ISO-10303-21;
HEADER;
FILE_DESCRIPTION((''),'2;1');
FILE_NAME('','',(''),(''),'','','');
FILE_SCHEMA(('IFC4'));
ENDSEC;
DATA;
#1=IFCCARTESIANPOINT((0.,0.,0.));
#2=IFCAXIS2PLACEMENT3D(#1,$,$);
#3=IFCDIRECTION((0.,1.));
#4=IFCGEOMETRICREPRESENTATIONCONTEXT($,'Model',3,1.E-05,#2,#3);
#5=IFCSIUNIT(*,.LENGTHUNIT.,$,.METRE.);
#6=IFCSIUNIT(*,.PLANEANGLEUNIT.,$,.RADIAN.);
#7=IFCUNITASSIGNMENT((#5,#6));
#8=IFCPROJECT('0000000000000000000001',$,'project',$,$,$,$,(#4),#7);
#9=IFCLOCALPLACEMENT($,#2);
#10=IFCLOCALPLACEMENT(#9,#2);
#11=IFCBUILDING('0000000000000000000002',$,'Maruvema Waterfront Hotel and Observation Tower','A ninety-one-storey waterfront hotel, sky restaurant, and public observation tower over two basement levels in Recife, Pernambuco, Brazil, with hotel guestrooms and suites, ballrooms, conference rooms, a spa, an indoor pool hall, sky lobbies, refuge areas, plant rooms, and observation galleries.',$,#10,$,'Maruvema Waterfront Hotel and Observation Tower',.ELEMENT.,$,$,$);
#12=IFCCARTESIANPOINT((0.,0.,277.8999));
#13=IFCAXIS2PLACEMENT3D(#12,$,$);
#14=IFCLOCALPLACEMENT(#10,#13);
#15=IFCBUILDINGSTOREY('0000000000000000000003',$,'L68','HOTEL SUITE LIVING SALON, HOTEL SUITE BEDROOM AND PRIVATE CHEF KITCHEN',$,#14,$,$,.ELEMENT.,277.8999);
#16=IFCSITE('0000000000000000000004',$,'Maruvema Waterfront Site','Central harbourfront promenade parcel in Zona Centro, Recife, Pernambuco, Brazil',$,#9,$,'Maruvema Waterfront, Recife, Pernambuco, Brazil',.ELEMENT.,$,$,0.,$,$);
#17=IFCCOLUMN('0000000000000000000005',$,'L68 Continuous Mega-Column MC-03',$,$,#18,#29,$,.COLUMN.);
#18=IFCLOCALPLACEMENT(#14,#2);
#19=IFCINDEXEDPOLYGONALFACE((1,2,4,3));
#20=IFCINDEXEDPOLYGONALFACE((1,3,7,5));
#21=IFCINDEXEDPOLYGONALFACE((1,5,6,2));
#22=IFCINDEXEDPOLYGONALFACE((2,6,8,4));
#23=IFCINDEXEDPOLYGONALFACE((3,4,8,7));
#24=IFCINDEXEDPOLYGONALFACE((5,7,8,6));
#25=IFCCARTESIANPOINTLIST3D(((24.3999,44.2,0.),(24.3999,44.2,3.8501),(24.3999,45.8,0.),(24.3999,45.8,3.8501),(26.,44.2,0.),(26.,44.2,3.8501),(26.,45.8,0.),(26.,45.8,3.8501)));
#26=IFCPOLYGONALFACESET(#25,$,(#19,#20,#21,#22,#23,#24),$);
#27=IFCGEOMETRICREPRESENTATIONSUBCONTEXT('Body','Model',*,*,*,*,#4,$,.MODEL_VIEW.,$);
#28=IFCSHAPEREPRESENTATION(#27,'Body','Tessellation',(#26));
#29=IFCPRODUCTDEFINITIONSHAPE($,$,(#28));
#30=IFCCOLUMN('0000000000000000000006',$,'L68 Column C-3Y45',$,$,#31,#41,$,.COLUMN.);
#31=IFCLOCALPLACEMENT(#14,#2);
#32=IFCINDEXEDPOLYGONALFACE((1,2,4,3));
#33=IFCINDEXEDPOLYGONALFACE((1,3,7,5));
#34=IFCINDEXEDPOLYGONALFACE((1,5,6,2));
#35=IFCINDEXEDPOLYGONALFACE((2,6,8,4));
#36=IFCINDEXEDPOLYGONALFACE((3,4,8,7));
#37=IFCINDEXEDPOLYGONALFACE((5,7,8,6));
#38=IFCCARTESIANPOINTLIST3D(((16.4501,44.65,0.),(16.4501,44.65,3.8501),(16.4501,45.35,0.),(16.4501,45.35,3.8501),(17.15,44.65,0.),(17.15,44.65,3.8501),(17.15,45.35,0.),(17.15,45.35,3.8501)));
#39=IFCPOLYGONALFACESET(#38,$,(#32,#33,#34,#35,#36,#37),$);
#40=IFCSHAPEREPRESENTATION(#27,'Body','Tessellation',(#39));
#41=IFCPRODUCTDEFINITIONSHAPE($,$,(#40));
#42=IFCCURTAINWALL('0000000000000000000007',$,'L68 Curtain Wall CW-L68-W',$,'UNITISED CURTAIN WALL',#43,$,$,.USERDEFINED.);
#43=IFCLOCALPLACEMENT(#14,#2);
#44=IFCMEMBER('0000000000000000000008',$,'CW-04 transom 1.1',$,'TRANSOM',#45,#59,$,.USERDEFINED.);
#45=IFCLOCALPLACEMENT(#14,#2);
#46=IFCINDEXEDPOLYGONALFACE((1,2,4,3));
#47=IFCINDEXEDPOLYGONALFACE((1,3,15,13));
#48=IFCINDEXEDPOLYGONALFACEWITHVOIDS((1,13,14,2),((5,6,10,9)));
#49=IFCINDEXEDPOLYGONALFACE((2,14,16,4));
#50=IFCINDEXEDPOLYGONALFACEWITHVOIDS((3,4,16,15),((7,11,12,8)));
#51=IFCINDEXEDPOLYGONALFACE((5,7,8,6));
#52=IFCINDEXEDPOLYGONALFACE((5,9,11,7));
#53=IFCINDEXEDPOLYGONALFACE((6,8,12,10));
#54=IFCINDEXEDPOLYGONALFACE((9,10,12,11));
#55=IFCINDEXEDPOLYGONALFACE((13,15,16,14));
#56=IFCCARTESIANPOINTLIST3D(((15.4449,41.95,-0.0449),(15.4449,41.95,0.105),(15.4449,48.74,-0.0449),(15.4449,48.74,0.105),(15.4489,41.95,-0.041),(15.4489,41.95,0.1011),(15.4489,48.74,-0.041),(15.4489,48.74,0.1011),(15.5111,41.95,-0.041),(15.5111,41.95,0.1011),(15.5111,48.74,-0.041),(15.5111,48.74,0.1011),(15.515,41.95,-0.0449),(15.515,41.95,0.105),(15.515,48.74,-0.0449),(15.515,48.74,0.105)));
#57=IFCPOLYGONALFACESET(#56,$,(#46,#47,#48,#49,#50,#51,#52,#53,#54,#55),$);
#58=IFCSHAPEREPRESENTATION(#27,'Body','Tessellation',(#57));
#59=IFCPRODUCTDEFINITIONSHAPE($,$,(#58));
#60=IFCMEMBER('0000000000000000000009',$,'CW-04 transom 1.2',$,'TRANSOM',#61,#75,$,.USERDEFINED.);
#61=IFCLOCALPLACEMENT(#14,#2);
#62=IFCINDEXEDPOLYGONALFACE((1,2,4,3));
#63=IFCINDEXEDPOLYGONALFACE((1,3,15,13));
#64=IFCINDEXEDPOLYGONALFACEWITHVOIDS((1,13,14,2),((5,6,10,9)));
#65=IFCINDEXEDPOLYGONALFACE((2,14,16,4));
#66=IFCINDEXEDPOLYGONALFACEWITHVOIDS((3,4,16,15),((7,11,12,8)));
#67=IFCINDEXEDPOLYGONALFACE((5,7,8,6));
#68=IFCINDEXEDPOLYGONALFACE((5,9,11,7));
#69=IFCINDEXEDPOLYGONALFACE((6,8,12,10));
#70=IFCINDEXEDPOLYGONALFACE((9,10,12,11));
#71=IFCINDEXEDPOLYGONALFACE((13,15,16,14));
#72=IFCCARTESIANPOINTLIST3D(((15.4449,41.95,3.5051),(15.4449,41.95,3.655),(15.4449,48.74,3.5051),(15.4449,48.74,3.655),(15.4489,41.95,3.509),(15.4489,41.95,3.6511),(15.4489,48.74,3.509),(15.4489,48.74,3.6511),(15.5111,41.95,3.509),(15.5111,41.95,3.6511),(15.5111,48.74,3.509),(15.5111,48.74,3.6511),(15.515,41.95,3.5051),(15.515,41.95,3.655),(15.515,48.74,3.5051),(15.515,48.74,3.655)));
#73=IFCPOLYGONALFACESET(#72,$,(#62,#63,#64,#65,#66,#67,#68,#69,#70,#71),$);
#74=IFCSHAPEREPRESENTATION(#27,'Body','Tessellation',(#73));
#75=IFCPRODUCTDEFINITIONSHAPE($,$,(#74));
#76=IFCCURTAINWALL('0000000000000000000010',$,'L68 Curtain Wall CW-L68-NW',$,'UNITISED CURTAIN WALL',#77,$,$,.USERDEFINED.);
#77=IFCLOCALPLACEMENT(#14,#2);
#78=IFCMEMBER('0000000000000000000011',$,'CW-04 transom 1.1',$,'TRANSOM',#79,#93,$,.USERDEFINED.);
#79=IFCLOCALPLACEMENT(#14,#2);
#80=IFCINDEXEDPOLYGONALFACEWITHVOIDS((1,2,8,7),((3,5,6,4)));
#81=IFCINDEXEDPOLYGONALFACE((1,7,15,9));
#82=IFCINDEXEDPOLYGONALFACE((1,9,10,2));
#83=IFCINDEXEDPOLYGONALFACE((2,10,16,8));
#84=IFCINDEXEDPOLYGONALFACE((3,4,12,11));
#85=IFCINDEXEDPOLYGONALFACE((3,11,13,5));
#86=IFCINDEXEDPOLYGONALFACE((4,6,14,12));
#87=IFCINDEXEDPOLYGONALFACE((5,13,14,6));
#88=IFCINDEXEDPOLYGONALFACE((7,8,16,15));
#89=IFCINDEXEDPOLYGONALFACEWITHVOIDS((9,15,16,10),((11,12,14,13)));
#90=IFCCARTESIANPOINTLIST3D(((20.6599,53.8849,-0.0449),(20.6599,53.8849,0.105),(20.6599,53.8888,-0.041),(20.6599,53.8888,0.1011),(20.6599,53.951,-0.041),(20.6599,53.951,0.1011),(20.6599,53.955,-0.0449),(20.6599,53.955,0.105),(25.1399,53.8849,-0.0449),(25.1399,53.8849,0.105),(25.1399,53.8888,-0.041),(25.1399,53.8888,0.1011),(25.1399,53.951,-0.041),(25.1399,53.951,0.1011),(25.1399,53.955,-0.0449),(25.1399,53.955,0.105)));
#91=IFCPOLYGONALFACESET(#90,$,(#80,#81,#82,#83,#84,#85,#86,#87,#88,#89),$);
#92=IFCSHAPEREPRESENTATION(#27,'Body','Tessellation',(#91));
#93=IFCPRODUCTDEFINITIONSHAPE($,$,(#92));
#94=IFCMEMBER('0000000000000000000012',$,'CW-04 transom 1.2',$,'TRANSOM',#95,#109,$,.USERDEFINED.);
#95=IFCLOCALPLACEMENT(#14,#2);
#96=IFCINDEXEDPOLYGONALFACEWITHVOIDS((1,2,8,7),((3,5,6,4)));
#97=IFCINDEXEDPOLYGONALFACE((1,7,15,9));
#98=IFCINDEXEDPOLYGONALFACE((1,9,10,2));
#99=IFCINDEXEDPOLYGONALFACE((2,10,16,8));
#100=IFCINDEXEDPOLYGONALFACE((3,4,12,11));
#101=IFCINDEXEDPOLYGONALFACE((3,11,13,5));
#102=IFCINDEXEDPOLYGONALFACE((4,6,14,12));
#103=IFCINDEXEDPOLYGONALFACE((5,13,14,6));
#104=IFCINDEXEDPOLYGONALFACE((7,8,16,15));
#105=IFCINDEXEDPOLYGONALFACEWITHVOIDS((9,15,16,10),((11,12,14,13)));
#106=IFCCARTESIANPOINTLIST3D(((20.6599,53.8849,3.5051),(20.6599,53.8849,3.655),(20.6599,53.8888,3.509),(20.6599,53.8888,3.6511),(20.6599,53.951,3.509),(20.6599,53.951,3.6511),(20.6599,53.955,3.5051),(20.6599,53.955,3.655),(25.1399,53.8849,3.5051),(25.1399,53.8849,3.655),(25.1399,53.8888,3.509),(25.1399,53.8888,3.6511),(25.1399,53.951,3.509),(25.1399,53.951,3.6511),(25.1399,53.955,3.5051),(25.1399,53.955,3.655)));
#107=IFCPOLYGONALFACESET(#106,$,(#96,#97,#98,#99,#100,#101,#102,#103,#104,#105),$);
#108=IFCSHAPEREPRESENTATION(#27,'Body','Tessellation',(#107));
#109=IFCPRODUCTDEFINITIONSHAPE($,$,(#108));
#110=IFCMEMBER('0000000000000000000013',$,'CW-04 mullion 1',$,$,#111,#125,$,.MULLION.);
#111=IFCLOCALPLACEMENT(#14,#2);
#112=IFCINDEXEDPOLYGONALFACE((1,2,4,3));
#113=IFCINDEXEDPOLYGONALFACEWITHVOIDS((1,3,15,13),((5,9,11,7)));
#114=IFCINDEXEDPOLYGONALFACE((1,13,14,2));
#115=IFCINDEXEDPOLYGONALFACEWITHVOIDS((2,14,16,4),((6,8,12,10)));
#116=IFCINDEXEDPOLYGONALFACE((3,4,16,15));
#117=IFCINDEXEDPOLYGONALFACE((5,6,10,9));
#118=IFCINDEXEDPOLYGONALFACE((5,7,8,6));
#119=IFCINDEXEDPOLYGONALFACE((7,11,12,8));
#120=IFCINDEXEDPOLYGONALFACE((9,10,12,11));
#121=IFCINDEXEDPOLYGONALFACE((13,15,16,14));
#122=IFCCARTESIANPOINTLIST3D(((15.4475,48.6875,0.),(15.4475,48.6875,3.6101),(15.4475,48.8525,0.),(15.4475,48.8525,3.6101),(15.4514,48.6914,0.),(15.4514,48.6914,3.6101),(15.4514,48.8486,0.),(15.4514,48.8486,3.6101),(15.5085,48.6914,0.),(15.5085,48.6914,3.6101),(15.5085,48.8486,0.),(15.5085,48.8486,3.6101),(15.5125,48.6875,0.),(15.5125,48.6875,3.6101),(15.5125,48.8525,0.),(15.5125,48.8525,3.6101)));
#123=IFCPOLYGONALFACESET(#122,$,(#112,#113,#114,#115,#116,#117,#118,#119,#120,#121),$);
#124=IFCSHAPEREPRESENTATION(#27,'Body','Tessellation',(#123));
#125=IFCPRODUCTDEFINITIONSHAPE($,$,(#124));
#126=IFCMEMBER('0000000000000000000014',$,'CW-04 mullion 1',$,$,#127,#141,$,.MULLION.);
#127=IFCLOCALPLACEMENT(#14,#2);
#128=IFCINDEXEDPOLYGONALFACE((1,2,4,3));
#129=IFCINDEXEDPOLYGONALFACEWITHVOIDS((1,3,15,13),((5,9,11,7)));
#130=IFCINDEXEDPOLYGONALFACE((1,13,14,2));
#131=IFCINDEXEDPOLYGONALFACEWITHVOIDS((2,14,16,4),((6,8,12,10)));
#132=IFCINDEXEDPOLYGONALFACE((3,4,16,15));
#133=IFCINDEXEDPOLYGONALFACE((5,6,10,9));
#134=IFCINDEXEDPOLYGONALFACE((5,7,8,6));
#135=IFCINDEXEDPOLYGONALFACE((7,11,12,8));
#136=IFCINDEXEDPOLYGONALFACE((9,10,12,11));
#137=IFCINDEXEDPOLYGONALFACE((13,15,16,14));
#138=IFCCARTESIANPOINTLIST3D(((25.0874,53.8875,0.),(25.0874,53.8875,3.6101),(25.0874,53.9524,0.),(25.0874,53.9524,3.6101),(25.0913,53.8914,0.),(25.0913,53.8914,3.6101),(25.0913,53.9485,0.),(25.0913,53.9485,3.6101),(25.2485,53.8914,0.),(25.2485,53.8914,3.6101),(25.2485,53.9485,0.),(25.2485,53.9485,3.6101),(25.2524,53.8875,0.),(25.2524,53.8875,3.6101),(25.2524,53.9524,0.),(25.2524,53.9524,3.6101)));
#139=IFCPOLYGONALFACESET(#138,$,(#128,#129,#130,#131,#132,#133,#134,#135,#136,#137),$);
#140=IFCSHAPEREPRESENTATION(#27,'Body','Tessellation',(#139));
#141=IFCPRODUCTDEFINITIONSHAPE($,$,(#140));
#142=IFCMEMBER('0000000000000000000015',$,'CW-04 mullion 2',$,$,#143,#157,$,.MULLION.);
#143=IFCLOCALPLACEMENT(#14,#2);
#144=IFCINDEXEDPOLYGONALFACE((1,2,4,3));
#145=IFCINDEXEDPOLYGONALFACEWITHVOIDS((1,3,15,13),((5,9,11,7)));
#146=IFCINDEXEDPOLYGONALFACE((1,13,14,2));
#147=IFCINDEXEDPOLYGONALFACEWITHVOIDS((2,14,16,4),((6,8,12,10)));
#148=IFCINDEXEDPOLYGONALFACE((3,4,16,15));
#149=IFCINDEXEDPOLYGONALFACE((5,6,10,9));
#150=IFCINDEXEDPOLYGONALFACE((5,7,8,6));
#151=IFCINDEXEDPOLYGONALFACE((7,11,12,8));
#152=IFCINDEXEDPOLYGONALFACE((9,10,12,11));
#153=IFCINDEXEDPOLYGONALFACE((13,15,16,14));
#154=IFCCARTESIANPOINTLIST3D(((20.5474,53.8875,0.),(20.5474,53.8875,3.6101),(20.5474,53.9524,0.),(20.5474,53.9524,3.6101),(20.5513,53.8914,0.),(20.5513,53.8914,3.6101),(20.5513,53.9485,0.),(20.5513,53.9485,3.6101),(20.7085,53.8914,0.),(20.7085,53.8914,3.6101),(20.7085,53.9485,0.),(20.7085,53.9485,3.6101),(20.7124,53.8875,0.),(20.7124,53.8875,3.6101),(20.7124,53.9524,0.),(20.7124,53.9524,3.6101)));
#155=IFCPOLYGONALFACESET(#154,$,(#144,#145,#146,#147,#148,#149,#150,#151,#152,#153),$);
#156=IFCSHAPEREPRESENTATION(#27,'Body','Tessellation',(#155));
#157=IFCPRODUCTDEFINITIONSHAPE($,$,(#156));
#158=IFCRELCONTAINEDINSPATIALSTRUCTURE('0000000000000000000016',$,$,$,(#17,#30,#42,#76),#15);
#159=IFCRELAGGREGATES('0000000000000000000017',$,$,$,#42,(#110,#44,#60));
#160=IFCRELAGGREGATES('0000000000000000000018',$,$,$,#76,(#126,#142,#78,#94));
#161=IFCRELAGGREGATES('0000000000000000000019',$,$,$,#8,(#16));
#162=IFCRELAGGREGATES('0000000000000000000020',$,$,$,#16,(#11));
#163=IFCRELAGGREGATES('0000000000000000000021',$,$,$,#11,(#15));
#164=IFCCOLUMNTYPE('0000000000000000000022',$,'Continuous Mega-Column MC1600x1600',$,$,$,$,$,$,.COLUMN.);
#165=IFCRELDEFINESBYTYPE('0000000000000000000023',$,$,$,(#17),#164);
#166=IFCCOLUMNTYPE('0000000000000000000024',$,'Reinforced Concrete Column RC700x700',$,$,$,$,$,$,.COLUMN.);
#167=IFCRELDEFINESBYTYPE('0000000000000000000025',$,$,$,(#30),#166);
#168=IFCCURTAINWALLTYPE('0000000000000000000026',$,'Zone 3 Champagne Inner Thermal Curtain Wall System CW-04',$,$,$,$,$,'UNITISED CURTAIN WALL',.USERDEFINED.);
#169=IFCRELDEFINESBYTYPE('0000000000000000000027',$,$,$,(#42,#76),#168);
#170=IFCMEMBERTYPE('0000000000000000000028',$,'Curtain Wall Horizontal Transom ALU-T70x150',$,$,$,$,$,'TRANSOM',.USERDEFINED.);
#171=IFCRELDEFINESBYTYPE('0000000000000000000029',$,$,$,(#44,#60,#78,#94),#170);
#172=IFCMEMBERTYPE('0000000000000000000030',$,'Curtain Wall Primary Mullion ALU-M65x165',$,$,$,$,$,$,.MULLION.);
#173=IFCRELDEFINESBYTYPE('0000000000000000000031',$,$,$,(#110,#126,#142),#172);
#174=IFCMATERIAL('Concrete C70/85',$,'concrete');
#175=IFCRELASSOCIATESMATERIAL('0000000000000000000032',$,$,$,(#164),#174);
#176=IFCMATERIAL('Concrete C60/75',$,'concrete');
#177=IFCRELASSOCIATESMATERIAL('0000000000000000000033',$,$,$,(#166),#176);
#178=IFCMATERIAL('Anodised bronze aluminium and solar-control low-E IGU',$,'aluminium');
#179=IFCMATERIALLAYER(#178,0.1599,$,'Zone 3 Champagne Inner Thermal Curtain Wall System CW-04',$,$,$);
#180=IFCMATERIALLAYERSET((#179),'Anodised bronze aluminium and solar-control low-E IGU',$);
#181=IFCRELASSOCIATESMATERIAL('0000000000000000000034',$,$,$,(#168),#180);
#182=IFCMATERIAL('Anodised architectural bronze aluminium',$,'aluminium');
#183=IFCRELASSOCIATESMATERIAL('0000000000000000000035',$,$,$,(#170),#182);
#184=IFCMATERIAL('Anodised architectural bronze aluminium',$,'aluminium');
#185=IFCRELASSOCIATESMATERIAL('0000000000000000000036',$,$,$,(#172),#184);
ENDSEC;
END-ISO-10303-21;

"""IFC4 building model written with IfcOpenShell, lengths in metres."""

from ifc_helpers import new_model, si_unit, direction, frame, origin, origin_2d, place, context, subcontext, project, spatial, rectangle, hollow_rectangle, extrude, material, layer, layer_set, material_profile, profile_set, type_object, element, aggregate, save


model = new_model("IFC4")

# Units and contexts
model_context = context("Model", 3, precision=1e-05, world=origin(), true_north=direction((0.0, 1.0)))
body_context = subcontext(model_context, "Body", "Model", "MODEL_VIEW")
ifc_project = project(units=[si_unit("LENGTHUNIT", "METRE"), si_unit("PLANEANGLEUNIT", "RADIAN")], contexts=[model_context])

# Site, building, storey
site_placement = place(None, origin())
site = spatial("IfcSite", under=ifc_project, at=site_placement, Name="Maruvema Waterfront Site", Description="Central harbourfront promenade parcel in Zona Centro, Recife, Pernambuco, Brazil", LongName="Maruvema Waterfront, Recife, Pernambuco, Brazil", CompositionType="ELEMENT", RefElevation=0.0)
building_placement = place(site_placement, origin())
building = spatial("IfcBuilding", under=site, at=building_placement, Name="Maruvema Waterfront Hotel and Observation Tower", Description="A ninety-one-storey waterfront hotel, sky restaurant, and public observation tower over two basement levels in Recife, Pernambuco, Brazil, with hotel guestrooms and suites, ballrooms, conference rooms, a spa, an indoor pool hall, sky lobbies, refuge areas, plant rooms, and observation galleries.", LongName="Maruvema Waterfront Hotel and Observation Tower", CompositionType="ELEMENT")
storey_placement = place(building_placement, frame((0.0, 0.0, 277.8999)))
storey = spatial("IfcBuildingStorey", under=building, at=storey_placement, Name="L68", Description="HOTEL SUITE LIVING SALON, HOTEL SUITE BEDROOM AND PRIVATE CHEF KITCHEN", CompositionType="ELEMENT", Elevation=277.8999)

# Columns
ifc_material_1 = material(Name="Concrete C70/85", Category="concrete")
ifc_material_profile_1 = material_profile(ifc_material_1, rectangle(XDim=1.6001, YDim=1.6001, at=origin_2d()), Name="MC1600x1600")
ifc_profile_set_1 = profile_set([ifc_material_profile_1], Name="Concrete C70/85")
column_type_1 = type_object("IfcColumnType", Name="Continuous Mega-Column MC1600x1600", PredefinedType="COLUMN", material=ifc_profile_set_1)
column_1_placement = place(storey_placement, frame((25.2, 45.0, 0.0), z_axis=(0.0, 0.0, 1.0), x_axis=(1.0, 0.0, 0.0)))
element("IfcColumn", 1, at=column_1_placement, inside=storey, type_object=column_type_1, Name="L68 Continuous Mega-Column MC-03", PredefinedType="COLUMN", context=body_context, shape_type="SweptSolid", body=[
    extrude(rectangle(XDim=1.6001, YDim=1.6001, at=origin_2d()), origin(), (0.0, 0.0, 1.0), 3.8501),
])
ifc_material_2 = material(Name="Concrete C60/75", Category="concrete")
ifc_material_profile_2 = material_profile(ifc_material_2, rectangle(XDim=0.7, YDim=0.7, at=origin_2d()), Name="RC700x700")
ifc_profile_set_2 = profile_set([ifc_material_profile_2], Name="Concrete C60/75")
column_type_2 = type_object("IfcColumnType", Name="Reinforced Concrete Column RC700x700", PredefinedType="COLUMN", material=ifc_profile_set_2)
column_2_placement = place(storey_placement, frame((16.8, 45.0, 0.0), z_axis=(0.0, 0.0, 1.0), x_axis=(1.0, 0.0, 0.0)))
element("IfcColumn", 2, at=column_2_placement, inside=storey, type_object=column_type_2, Name="L68 Column C-3Y45", PredefinedType="COLUMN", context=body_context, shape_type="SweptSolid", body=[
    extrude(rectangle(XDim=0.7, YDim=0.7, at=origin_2d()), origin(), (0.0, 0.0, 1.0), 3.8501),
])

# Curtain walls, members
ifc_material_3 = material(Name="Anodised bronze aluminium and solar-control low-E IGU", Category="aluminium")
ifc_layer_1 = layer(ifc_material_3, 0.1599, Name="Zone 3 Champagne Inner Thermal Curtain Wall System CW-04")
ifc_layer_set_1 = layer_set([ifc_layer_1], Name="Anodised bronze aluminium and solar-control low-E IGU")
curtain_wall_type = type_object("IfcCurtainWallType", Name="Zone 3 Champagne Inner Thermal Curtain Wall System CW-04", ElementType="UNITISED CURTAIN WALL", PredefinedType="USERDEFINED", material=ifc_layer_set_1)
curtain_wall_1_placement = place(storey_placement, origin())
curtain_wall_1 = element("IfcCurtainWall", 3, at=curtain_wall_1_placement, inside=storey, type_object=curtain_wall_type, Name="L68 Curtain Wall CW-L68-W", ObjectType="UNITISED CURTAIN WALL", PredefinedType="USERDEFINED")
ifc_material_4 = material(Name="Anodised architectural bronze aluminium", Category="aluminium")
ifc_material_profile_3 = material_profile(ifc_material_4, hollow_rectangle(XDim=0.0701, YDim=0.1499, WallThickness=0.0039, at=origin_2d()), Name="ALU-T70x150")
ifc_profile_set_3 = profile_set([ifc_material_profile_3], Name="Anodised architectural bronze aluminium")
member_type_1 = type_object("IfcMemberType", Name="Curtain Wall Horizontal Transom ALU-T70x150", ElementType="TRANSOM", PredefinedType="USERDEFINED", material=ifc_profile_set_3)
member_1_placement = place(storey_placement, frame((15.48, 48.74, 0.03), z_axis=(0.0, -1.0, 0.0), x_axis=(1.0, 0.0, 0.0)))
member_1 = element("IfcMember", 4, at=member_1_placement, type_object=member_type_1, Name="CW-04 transom 1.1", ObjectType="TRANSOM", PredefinedType="USERDEFINED", context=body_context, shape_type="SweptSolid", body=[
    extrude(hollow_rectangle(XDim=0.0701, YDim=0.1499, WallThickness=0.0039, at=origin_2d()), origin(), (0.0, 0.0, 1.0), 6.79),
])
member_2_placement = place(storey_placement, frame((15.48, 48.74, 3.5801), z_axis=(0.0, -1.0, 0.0), x_axis=(1.0, 0.0, 0.0)))
member_2 = element("IfcMember", 5, at=member_2_placement, type_object=member_type_1, Name="CW-04 transom 1.2", ObjectType="TRANSOM", PredefinedType="USERDEFINED", context=body_context, shape_type="SweptSolid", body=[
    extrude(hollow_rectangle(XDim=0.0701, YDim=0.1499, WallThickness=0.0039, at=origin_2d()), origin(), (0.0, 0.0, 1.0), 6.79),
])
curtain_wall_2_placement = place(storey_placement, origin())
curtain_wall_2 = element("IfcCurtainWall", 6, at=curtain_wall_2_placement, inside=storey, type_object=curtain_wall_type, Name="L68 Curtain Wall CW-L68-NW", ObjectType="UNITISED CURTAIN WALL", PredefinedType="USERDEFINED")
member_3_placement = place(storey_placement, frame((25.1399, 53.9199, 0.03), z_axis=(-1.0, 0.0, 0.0), x_axis=(0.0, -1.0, 0.0)))
member_3 = element("IfcMember", 7, at=member_3_placement, type_object=member_type_1, Name="CW-04 transom 1.1", ObjectType="TRANSOM", PredefinedType="USERDEFINED", context=body_context, shape_type="SweptSolid", body=[
    extrude(hollow_rectangle(XDim=0.0701, YDim=0.1499, WallThickness=0.0039, at=origin_2d()), origin(), (0.0, 0.0, 1.0), 4.48),
])
member_4_placement = place(storey_placement, frame((25.1399, 53.9199, 3.5801), z_axis=(-1.0, 0.0, 0.0), x_axis=(0.0, -1.0, 0.0)))
member_4 = element("IfcMember", 8, at=member_4_placement, type_object=member_type_1, Name="CW-04 transom 1.2", ObjectType="TRANSOM", PredefinedType="USERDEFINED", context=body_context, shape_type="SweptSolid", body=[
    extrude(hollow_rectangle(XDim=0.0701, YDim=0.1499, WallThickness=0.0039, at=origin_2d()), origin(), (0.0, 0.0, 1.0), 4.48),
])

# Members
ifc_material_5 = material(Name="Anodised architectural bronze aluminium", Category="aluminium")
ifc_material_profile_4 = material_profile(ifc_material_5, hollow_rectangle(XDim=0.0649, YDim=0.165, WallThickness=0.0039, at=origin_2d()), Name="ALU-M65x165")
ifc_profile_set_4 = profile_set([ifc_material_profile_4], Name="Anodised architectural bronze aluminium")
member_type_2 = type_object("IfcMemberType", Name="Curtain Wall Primary Mullion ALU-M65x165", PredefinedType="MULLION", material=ifc_profile_set_4)
member_5_placement = place(storey_placement, frame((15.48, 48.77, 0.0), z_axis=(0.0, 0.0, 1.0), x_axis=(1.0, 0.0, 0.0)))
member_5 = element("IfcMember", 9, at=member_5_placement, type_object=member_type_2, Name="CW-04 mullion 1", PredefinedType="MULLION", context=body_context, shape_type="SweptSolid", body=[
    extrude(hollow_rectangle(XDim=0.0649, YDim=0.165, WallThickness=0.0039, at=origin_2d()), origin(), (0.0, 0.0, 1.0), 3.6101),
])
member_6_placement = place(storey_placement, frame((25.1699, 53.9199, 0.0), z_axis=(0.0, 0.0, 1.0), x_axis=(0.0, -1.0, 0.0)))
member_6 = element("IfcMember", 10, at=member_6_placement, type_object=member_type_2, Name="CW-04 mullion 1", PredefinedType="MULLION", context=body_context, shape_type="SweptSolid", body=[
    extrude(hollow_rectangle(XDim=0.0649, YDim=0.165, WallThickness=0.0039, at=origin_2d()), origin(), (0.0, 0.0, 1.0), 3.6101),
])
member_7_placement = place(storey_placement, frame((20.6299, 53.9199, 0.0), z_axis=(0.0, 0.0, 1.0), x_axis=(0.0, -1.0, 0.0)))
member_7 = element("IfcMember", 11, at=member_7_placement, type_object=member_type_2, Name="CW-04 mullion 2", PredefinedType="MULLION", context=body_context, shape_type="SweptSolid", body=[
    extrude(hollow_rectangle(XDim=0.0649, YDim=0.165, WallThickness=0.0039, at=origin_2d()), origin(), (0.0, 0.0, 1.0), 3.6101),
])

aggregate(curtain_wall_1, [member_5, member_1, member_2])
aggregate(curtain_wall_2, [member_6, member_7, member_3, member_4])

save(model, "model.ifc")
